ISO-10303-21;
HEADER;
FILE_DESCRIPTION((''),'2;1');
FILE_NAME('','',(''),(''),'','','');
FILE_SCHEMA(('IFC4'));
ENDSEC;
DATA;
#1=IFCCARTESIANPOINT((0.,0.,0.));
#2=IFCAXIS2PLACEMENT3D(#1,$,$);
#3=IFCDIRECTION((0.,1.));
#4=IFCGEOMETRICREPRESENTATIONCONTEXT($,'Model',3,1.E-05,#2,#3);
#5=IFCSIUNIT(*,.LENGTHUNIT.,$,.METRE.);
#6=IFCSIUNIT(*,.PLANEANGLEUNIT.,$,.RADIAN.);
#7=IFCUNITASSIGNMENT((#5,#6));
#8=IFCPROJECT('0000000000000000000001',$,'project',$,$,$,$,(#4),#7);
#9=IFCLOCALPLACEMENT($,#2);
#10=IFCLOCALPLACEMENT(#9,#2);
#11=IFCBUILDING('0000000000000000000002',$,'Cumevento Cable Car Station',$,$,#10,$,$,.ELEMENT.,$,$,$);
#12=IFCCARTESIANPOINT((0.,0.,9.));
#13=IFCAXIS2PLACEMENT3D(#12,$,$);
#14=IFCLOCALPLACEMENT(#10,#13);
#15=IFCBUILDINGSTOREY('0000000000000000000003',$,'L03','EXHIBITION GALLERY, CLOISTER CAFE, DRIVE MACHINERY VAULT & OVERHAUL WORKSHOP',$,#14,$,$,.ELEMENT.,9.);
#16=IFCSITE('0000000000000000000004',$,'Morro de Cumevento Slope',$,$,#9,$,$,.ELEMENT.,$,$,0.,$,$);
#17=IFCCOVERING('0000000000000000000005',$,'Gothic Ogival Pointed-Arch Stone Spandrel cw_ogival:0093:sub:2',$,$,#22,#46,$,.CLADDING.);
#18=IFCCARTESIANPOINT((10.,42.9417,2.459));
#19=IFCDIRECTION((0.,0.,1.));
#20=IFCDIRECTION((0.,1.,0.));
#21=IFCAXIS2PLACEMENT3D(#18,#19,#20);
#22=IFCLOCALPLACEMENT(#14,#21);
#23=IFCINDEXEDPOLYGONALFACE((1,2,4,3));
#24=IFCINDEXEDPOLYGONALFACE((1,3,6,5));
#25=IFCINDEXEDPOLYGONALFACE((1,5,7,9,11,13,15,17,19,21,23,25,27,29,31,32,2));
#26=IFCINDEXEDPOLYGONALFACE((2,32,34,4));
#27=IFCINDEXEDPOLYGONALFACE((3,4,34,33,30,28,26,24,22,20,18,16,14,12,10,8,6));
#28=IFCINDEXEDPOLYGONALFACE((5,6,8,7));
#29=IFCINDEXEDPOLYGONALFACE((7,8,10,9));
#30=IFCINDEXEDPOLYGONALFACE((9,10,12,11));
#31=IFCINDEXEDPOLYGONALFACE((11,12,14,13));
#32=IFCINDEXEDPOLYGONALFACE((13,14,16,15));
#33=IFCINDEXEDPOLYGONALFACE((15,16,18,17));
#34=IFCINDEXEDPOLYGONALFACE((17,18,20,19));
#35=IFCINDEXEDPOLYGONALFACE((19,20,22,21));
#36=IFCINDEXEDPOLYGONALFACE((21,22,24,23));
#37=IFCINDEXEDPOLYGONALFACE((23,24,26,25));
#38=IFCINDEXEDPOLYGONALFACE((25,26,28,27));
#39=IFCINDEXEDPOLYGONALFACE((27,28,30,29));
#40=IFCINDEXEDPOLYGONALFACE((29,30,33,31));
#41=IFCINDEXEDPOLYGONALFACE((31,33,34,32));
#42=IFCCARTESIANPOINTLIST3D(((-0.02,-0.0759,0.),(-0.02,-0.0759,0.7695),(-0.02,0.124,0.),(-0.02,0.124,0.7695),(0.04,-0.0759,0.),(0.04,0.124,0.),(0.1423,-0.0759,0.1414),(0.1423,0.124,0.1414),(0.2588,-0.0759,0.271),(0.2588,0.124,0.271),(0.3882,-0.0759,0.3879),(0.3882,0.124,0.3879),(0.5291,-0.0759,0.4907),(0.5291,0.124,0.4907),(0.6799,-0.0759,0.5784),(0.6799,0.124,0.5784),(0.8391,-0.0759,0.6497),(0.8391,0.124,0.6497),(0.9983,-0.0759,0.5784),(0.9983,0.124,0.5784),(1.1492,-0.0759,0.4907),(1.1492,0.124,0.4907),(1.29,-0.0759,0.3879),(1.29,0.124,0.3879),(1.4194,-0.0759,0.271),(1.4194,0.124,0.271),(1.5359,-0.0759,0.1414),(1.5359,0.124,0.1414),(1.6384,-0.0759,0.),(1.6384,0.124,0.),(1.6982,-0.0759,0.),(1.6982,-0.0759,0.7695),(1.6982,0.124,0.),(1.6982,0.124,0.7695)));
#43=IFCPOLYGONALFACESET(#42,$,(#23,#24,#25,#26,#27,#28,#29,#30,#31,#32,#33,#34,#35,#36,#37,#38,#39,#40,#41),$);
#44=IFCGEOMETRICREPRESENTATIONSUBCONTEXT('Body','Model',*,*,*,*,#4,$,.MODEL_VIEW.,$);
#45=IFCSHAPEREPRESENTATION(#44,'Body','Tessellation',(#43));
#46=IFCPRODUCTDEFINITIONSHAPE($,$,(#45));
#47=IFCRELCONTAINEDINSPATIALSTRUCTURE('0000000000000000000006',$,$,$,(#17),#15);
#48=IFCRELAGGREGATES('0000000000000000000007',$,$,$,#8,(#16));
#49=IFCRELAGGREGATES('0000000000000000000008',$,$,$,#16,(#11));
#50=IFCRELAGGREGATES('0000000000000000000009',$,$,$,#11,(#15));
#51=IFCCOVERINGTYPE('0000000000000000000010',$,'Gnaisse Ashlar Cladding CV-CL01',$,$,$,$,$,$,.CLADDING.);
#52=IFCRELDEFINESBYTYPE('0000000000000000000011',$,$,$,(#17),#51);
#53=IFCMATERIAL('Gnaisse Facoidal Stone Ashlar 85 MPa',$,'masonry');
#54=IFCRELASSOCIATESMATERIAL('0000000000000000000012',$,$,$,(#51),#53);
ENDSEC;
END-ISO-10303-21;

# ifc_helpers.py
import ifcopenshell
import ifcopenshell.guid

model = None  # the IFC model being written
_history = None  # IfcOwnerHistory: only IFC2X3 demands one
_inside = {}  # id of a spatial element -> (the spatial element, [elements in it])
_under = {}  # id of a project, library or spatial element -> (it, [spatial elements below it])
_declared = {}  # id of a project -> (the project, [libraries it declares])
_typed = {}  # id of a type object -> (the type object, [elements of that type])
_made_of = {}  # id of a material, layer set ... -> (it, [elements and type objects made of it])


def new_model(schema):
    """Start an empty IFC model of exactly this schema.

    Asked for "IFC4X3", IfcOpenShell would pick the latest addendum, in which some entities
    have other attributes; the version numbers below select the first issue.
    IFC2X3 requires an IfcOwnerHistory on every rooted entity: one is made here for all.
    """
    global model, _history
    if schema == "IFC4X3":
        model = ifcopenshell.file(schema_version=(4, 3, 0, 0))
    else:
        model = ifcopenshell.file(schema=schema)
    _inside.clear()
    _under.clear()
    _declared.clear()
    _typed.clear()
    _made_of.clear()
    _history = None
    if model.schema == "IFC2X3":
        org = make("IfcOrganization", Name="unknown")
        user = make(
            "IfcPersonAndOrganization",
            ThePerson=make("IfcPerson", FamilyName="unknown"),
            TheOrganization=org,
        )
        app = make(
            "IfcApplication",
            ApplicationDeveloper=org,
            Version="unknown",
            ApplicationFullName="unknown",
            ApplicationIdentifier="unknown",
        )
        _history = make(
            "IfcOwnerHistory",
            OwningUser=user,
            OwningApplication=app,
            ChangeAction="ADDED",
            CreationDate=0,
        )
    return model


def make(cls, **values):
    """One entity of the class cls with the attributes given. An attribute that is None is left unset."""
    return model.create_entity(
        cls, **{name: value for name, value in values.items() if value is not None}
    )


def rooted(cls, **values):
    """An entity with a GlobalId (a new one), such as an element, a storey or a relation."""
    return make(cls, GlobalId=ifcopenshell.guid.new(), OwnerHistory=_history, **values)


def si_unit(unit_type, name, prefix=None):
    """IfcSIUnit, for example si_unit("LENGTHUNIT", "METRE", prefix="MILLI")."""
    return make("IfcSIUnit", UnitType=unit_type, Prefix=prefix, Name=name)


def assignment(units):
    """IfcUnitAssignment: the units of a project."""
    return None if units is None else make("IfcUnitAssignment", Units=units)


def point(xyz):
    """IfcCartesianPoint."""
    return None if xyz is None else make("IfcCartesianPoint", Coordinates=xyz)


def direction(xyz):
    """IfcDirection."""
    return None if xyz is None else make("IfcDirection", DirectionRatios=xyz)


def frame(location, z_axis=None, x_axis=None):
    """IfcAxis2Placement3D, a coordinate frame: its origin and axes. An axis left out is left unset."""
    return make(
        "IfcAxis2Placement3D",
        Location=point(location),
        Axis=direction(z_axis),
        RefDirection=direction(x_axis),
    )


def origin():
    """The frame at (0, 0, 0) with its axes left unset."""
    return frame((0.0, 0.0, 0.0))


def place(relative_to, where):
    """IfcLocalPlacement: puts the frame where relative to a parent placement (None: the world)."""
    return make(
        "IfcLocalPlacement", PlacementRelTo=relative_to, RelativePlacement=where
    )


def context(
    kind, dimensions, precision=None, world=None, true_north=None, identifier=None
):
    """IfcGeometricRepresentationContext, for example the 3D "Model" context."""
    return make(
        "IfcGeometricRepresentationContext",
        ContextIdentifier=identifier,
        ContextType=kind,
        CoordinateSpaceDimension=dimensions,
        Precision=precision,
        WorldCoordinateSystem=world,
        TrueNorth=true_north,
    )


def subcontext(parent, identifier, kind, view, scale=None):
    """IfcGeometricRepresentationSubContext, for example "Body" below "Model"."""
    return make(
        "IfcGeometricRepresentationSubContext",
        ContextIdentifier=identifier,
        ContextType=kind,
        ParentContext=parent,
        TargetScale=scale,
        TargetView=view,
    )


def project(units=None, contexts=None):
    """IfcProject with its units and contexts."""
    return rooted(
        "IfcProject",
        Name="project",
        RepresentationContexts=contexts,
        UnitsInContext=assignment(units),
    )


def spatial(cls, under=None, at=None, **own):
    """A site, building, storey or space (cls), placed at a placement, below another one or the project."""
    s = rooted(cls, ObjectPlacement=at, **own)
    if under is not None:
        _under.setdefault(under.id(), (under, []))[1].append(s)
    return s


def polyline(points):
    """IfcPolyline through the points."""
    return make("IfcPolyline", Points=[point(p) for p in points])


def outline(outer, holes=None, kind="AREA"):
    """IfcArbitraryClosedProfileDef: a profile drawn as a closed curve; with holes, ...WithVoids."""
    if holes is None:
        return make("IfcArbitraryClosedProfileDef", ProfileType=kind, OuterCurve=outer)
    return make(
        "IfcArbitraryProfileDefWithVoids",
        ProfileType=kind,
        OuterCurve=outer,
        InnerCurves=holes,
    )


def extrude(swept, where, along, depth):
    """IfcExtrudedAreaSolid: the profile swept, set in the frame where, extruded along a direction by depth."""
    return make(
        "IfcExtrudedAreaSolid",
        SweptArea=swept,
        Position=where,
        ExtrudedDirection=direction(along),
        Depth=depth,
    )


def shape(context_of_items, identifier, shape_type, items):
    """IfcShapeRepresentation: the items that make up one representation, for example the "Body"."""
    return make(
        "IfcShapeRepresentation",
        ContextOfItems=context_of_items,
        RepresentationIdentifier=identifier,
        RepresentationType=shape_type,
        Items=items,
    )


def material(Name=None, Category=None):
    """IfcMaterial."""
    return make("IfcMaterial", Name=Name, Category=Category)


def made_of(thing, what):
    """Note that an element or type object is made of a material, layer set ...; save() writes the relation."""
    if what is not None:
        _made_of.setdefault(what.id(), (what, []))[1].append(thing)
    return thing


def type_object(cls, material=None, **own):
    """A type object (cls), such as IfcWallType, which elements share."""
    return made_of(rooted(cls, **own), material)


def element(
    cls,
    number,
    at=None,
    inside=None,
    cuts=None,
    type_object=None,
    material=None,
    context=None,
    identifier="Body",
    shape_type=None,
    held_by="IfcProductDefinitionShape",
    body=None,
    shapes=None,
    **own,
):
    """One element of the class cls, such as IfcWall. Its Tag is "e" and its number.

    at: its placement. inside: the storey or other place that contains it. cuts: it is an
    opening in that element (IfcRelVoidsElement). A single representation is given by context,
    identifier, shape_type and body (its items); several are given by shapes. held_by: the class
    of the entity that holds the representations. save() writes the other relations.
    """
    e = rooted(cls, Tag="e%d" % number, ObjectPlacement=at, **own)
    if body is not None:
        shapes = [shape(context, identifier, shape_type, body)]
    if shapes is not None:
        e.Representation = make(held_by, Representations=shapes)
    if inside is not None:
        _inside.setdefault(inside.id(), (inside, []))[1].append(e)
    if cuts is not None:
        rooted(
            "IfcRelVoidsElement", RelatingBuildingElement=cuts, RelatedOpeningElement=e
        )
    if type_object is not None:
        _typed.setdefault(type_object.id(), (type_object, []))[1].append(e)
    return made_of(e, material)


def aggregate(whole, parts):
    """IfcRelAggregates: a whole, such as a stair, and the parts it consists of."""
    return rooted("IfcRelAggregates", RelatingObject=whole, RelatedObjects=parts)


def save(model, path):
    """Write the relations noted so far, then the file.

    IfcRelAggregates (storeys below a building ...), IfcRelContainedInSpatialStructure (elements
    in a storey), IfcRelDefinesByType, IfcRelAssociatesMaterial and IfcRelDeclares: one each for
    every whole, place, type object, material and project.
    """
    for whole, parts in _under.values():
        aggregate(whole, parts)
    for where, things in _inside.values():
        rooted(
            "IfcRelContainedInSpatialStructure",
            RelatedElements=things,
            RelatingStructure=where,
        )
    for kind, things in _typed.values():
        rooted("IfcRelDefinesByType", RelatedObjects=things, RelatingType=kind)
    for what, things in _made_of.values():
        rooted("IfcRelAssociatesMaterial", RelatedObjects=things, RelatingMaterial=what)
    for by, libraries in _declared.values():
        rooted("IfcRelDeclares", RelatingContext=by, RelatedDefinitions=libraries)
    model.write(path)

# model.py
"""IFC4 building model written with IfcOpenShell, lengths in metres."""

from ifc_helpers import new_model, si_unit, direction, frame, origin, place, context, subcontext, project, spatial, polyline, outline, extrude, material, type_object, element, save


model = new_model("IFC4")

# Units and contexts
model_context = context("Model", 3, precision=1e-05, world=origin(), true_north=direction((0.0, 1.0)))
body_context = subcontext(model_context, "Body", "Model", "MODEL_VIEW")
ifc_project = project(units=[si_unit("LENGTHUNIT", "METRE"), si_unit("PLANEANGLEUNIT", "RADIAN")], contexts=[model_context])

# Site, building, storey
site_placement = place(None, origin())
site = spatial("IfcSite", under=ifc_project, at=site_placement, Name="Morro de Cumevento Slope", CompositionType="ELEMENT", RefElevation=0.0)
building_placement = place(site_placement, origin())
building = spatial("IfcBuilding", under=site, at=building_placement, Name="Cumevento Cable Car Station", CompositionType="ELEMENT")
storey_placement = place(building_placement, frame((0.0, 0.0, 9.0)))
storey = spatial("IfcBuildingStorey", under=building, at=storey_placement, Name="L03", Description="EXHIBITION GALLERY, CLOISTER CAFE, DRIVE MACHINERY VAULT & OVERHAUL WORKSHOP", CompositionType="ELEMENT", Elevation=9.0)

# Covering
ifc_material_1 = material(Name="Gnaisse Facoidal Stone Ashlar 85 MPa", Category="masonry")
covering_type = type_object("IfcCoveringType", Name="Gnaisse Ashlar Cladding CV-CL01", PredefinedType="CLADDING", material=ifc_material_1)
covering_1_placement = place(storey_placement, frame((10.0, 42.9417, 2.459), z_axis=(0.0, 0.0, 1.0), x_axis=(0.0, 1.0, 0.0)))
element("IfcCovering", 1, at=covering_1_placement, inside=storey, type_object=covering_type, Name="Gothic Ogival Pointed-Arch Stone Spandrel cw_ogival:0093:sub:2", PredefinedType="CLADDING", context=body_context, shape_type="SweptSolid", body=[
    extrude(outline(polyline([(-0.02, 0.0), (-0.02, 0.7695), (1.6982, 0.7695), (1.6982, 0.0), (1.6384, 0.0), (1.5359, 0.1414), (1.4194, 0.271), (1.29, 0.3879), (1.1492, 0.4907), (0.9983, 0.5784), (0.8391, 0.6497), (0.6799, 0.5784), (0.5291, 0.4907), (0.3882, 0.3879), (0.2588, 0.271), (0.1423, 0.1414), (0.04, 0.0), (-0.02, 0.0)])), frame((0.0, 0.124, 0.0), z_axis=(0.0, -1.0, 0.0), x_axis=(1.0, 0.0, 0.0)), (0.0, 0.0, 1.0), 0.2),
])

save(model, "model.ifc")
